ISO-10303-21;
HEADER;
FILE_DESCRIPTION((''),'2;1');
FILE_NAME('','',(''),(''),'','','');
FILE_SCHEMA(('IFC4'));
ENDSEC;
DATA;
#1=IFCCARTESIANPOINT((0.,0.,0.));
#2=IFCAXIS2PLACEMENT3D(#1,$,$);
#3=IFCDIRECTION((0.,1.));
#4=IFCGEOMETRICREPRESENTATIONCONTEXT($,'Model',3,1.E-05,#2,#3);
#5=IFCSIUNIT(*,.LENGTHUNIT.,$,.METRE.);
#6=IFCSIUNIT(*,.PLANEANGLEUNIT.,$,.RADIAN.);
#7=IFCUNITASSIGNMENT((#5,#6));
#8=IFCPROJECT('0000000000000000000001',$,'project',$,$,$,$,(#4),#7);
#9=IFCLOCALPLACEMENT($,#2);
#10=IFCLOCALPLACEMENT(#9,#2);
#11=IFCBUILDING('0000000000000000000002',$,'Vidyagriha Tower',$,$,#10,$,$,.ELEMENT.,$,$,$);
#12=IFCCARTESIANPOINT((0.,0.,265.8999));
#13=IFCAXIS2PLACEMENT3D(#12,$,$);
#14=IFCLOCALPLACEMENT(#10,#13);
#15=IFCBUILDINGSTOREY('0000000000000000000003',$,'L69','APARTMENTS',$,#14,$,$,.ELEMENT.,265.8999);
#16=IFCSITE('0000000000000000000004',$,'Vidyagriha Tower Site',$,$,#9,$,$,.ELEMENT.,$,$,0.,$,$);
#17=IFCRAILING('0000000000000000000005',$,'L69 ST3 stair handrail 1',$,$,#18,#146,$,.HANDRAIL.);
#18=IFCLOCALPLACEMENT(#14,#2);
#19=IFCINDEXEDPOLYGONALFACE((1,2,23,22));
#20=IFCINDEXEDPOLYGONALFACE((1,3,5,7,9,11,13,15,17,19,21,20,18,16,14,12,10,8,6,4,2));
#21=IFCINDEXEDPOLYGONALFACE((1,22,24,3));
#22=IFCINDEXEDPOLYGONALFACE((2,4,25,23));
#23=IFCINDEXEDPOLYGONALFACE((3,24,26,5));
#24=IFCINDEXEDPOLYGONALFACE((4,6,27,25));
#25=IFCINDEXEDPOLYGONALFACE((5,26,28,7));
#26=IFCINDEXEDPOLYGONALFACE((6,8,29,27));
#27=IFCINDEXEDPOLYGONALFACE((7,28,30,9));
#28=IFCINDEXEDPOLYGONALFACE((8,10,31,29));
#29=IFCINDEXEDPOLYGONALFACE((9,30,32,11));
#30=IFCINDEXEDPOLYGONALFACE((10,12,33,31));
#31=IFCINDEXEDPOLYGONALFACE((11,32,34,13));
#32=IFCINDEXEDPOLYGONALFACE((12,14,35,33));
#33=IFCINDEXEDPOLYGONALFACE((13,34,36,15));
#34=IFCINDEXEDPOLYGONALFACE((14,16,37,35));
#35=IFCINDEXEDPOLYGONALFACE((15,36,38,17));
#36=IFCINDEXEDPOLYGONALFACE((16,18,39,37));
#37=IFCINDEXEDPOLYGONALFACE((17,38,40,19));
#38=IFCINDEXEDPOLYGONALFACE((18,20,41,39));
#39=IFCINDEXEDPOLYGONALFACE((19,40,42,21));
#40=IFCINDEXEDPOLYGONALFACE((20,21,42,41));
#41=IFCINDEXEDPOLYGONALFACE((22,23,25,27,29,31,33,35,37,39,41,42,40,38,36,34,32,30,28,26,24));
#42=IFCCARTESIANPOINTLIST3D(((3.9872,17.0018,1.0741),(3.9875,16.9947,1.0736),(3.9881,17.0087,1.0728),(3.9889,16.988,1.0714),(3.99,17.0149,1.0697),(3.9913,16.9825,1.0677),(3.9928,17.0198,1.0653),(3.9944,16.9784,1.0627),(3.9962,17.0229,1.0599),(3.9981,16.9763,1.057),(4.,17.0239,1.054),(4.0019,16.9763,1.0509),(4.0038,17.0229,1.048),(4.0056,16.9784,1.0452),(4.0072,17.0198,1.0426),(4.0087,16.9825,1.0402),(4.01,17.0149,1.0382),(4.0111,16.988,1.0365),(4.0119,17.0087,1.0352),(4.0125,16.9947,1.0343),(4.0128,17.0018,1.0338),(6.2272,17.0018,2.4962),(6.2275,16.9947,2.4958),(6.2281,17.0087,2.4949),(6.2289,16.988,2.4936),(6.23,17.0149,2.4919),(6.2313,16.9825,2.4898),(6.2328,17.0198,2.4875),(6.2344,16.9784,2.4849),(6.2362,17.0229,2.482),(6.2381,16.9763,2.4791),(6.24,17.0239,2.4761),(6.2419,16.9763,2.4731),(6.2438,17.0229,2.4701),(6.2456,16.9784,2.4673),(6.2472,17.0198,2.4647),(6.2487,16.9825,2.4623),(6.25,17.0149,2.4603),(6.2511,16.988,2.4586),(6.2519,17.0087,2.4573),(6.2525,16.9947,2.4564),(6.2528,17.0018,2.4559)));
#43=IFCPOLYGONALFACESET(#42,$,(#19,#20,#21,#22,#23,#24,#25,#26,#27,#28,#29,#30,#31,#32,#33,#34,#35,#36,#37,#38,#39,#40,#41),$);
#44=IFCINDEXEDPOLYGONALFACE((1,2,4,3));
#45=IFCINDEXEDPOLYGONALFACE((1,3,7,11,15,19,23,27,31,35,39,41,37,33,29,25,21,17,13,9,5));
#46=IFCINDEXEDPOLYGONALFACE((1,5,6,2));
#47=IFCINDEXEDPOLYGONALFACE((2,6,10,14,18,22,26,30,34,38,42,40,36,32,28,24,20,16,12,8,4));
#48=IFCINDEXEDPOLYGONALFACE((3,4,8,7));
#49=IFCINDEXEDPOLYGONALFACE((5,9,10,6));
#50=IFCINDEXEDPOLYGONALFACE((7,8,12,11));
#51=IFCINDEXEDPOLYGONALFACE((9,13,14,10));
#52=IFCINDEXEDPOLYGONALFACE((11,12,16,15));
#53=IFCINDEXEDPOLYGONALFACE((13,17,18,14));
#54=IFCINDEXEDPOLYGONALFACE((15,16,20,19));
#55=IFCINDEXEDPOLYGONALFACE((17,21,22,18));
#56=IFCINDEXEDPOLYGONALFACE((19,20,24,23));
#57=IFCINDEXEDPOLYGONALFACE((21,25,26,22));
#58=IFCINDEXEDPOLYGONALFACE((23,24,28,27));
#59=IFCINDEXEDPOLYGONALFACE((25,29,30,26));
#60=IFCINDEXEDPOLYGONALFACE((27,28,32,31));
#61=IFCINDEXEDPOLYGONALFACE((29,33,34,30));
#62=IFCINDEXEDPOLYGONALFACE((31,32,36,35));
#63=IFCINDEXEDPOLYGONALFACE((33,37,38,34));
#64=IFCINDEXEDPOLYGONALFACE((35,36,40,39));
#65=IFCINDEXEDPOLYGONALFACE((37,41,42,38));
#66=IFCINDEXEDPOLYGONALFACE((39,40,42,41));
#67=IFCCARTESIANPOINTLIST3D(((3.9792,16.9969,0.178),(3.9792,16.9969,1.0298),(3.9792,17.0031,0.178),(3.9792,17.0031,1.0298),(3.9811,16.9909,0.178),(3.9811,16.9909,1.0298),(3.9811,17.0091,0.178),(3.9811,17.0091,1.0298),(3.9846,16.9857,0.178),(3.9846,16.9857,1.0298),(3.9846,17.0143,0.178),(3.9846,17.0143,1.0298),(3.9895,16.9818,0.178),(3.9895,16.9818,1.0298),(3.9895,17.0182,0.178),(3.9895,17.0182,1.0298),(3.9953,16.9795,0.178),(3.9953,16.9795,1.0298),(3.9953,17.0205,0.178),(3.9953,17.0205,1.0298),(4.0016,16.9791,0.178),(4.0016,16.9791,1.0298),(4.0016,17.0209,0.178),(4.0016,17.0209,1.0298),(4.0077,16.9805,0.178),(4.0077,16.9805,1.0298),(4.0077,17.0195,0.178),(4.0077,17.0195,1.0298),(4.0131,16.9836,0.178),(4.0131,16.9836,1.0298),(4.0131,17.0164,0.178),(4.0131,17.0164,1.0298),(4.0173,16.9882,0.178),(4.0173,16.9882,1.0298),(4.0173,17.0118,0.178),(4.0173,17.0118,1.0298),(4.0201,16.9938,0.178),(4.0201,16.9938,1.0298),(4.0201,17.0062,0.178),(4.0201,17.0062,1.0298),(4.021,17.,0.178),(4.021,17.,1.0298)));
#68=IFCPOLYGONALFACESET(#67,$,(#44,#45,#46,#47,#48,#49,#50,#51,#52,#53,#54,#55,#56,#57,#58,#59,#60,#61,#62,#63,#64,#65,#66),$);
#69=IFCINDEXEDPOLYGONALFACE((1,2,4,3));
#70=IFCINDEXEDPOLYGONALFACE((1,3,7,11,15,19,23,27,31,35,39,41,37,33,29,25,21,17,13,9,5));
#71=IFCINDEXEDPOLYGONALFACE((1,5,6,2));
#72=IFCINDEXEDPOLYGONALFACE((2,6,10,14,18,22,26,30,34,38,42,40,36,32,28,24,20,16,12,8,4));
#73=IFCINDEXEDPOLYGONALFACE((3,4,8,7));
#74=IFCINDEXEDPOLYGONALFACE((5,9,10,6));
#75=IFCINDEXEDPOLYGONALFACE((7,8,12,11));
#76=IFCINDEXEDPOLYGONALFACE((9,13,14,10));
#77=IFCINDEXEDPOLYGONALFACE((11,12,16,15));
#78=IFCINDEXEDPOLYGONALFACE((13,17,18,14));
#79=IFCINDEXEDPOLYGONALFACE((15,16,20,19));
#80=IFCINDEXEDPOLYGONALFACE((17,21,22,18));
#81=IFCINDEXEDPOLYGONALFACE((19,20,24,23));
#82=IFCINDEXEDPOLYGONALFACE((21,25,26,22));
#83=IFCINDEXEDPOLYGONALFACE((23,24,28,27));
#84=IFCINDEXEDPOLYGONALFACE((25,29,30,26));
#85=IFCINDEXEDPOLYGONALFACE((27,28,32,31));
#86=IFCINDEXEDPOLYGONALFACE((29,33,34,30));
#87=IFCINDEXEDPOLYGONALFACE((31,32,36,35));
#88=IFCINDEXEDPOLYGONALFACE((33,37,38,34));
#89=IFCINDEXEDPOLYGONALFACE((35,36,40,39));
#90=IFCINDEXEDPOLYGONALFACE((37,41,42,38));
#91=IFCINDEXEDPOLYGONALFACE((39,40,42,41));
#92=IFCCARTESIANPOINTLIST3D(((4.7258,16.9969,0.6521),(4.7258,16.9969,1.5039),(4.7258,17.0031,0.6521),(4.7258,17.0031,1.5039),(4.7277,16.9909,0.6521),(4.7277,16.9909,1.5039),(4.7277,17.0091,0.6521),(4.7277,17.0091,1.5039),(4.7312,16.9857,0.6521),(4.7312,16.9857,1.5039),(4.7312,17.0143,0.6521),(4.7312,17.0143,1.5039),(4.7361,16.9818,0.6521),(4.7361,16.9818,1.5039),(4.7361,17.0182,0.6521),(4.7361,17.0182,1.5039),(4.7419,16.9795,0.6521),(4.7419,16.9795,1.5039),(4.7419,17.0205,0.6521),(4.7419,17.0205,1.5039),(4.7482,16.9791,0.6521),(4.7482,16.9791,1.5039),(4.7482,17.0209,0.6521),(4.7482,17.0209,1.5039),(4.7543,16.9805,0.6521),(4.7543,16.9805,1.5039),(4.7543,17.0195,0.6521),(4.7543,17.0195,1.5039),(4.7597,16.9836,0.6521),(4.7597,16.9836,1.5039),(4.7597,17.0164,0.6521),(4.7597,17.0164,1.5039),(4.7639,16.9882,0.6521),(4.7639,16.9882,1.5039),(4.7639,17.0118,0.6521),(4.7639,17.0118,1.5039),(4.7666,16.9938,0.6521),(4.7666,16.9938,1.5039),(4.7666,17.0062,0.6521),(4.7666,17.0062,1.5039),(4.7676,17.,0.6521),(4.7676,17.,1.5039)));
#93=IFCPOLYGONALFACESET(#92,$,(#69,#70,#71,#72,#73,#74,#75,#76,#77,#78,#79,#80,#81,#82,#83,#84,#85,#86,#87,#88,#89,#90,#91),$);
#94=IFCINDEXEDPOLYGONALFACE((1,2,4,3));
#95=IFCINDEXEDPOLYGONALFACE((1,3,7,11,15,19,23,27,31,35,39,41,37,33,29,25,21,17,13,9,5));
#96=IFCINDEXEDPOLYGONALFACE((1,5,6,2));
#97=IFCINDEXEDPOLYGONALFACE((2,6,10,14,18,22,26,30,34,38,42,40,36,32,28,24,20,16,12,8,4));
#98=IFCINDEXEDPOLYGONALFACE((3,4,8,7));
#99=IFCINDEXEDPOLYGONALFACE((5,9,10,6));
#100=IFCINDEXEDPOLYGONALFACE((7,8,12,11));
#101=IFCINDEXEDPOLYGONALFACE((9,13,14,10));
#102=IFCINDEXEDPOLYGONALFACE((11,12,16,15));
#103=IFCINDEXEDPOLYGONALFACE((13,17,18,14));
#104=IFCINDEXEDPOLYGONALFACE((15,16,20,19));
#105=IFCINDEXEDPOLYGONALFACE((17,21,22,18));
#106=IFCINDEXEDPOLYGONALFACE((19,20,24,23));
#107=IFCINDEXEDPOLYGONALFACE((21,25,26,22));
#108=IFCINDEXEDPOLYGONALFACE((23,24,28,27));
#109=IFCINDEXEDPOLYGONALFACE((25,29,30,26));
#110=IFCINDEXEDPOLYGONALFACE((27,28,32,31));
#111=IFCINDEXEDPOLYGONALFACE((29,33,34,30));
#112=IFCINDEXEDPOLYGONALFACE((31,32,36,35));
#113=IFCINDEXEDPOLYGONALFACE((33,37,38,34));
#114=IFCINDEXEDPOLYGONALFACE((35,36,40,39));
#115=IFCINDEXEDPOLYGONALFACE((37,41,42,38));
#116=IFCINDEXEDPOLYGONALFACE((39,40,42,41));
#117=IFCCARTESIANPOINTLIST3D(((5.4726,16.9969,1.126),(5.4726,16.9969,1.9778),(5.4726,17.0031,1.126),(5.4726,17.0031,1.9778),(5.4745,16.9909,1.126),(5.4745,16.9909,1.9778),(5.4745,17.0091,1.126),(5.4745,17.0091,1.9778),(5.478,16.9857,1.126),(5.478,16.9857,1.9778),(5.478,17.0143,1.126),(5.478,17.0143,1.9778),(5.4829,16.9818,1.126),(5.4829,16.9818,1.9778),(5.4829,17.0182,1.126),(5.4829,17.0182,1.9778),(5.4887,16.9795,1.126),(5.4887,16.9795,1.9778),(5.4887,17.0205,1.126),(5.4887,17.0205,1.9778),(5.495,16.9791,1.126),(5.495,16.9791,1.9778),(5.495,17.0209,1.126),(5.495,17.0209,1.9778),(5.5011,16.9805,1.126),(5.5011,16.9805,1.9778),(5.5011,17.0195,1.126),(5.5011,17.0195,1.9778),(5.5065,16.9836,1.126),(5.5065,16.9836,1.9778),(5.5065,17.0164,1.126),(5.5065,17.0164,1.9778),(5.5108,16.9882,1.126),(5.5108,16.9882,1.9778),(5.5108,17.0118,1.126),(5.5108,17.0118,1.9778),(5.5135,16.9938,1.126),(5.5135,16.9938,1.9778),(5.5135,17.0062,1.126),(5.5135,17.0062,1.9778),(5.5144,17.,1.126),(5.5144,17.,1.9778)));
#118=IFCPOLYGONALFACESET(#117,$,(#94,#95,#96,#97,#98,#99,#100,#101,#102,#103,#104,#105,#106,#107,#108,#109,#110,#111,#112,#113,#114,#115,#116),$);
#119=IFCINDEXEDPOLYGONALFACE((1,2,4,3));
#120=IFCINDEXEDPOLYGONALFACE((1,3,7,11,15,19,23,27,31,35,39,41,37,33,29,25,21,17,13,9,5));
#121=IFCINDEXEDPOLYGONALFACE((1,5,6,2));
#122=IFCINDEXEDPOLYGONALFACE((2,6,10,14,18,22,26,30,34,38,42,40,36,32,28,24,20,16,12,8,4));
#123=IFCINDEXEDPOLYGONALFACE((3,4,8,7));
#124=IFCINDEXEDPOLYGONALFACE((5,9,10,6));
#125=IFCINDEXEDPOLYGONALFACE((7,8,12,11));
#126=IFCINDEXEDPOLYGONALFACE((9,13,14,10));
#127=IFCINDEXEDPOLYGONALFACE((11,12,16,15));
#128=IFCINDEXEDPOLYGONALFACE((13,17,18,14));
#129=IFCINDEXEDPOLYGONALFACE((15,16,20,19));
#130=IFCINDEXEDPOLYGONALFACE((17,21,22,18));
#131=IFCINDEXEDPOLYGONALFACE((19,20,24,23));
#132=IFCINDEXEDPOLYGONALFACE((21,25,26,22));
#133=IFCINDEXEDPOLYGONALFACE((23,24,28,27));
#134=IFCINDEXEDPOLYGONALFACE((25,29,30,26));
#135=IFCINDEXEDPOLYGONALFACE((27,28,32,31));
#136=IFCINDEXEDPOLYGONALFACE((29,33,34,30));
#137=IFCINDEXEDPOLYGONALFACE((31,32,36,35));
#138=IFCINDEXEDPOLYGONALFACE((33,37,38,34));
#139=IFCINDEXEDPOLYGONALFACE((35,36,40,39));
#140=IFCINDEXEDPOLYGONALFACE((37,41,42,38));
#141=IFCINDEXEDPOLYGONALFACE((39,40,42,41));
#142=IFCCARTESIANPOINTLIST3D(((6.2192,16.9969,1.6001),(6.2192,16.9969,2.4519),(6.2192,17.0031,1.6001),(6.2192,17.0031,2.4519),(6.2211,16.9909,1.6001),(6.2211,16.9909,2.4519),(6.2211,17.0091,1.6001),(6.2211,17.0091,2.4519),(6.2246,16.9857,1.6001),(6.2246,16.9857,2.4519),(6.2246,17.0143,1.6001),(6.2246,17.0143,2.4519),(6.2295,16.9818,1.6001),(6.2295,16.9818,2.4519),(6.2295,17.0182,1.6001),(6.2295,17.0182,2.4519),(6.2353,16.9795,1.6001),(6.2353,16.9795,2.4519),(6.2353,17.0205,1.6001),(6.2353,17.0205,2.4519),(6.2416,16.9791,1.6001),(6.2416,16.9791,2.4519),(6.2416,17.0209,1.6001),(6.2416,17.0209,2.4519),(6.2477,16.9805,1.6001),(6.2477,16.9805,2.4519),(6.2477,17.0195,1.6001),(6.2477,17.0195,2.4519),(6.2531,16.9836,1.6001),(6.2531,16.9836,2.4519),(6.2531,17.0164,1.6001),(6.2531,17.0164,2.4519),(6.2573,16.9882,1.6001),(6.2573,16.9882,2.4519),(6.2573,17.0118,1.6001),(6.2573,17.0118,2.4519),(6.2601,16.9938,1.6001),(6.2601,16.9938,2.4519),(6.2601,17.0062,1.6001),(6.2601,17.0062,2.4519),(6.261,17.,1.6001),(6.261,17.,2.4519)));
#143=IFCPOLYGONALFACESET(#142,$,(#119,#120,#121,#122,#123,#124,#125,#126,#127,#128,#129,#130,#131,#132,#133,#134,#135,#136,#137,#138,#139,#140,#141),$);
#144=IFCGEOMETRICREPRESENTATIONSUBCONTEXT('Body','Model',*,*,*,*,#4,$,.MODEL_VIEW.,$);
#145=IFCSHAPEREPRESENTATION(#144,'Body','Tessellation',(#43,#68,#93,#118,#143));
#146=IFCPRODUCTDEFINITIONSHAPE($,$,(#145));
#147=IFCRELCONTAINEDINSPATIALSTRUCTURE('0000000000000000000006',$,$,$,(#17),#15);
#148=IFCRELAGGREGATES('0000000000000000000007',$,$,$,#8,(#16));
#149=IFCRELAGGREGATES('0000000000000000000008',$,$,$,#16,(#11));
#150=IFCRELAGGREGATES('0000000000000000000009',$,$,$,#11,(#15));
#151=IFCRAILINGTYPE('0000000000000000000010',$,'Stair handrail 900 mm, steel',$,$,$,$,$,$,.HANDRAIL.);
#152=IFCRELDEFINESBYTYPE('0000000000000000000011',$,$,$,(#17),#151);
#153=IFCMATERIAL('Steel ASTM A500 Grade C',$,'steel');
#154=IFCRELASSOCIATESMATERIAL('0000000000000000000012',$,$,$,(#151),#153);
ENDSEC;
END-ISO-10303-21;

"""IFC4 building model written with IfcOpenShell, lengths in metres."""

from ifc_helpers import new_model, si_unit, direction, frame, origin, origin_2d, place, context, subcontext, project, spatial, circle, extrude, material, type_object, element, save


model = new_model("IFC4")

# Units and contexts
model_context = context("Model", 3, precision=1e-05, world=origin(), true_north=direction((0.0, 1.0)))
body_context = subcontext(model_context, "Body", "Model", "MODEL_VIEW")
ifc_project = project(units=[si_unit("LENGTHUNIT", "METRE"), si_unit("PLANEANGLEUNIT", "RADIAN")], contexts=[model_context])

# Site, building, storey
site_placement = place(None, origin())
site = spatial("IfcSite", under=ifc_project, at=site_placement, Name="Vidyagriha Tower Site", CompositionType="ELEMENT", RefElevation=0.0)
building_placement = place(site_placement, origin())
building = spatial("IfcBuilding", under=site, at=building_placement, Name="Vidyagriha Tower", CompositionType="ELEMENT")
storey_placement = place(building_placement, frame((0.0, 0.0, 265.8999)))
storey = spatial("IfcBuildingStorey", under=building, at=storey_placement, Name="L69", Description="APARTMENTS", CompositionType="ELEMENT", Elevation=265.8999)

# Railing
ifc_material_1 = material(Name="Steel ASTM A500 Grade C", Category="steel")
railing_type_1 = type_object("IfcRailingType", Name="Stair handrail 900 mm, steel", PredefinedType="HANDRAIL", material=ifc_material_1)
railing_1_placement = place(storey_placement, frame((4.0, 17.0, 0.178)))
element("IfcRailing", 1, at=railing_1_placement, inside=storey, type_object=railing_type_1, Name="L69 ST3 stair handrail 1", PredefinedType="HANDRAIL", context=body_context, shape_type="SweptSolid", body=[
    extrude(circle(Radius=0.0239, at=origin_2d()), frame((0.0, 0.0, 0.876), z_axis=(0.844229, 0.0, 0.535982), x_axis=(0.0, 1.0, 0.0)), (0.0, 0.0, 1.0), 2.6533),
    extrude(circle(Radius=0.021, at=origin_2d()), origin(), (0.0, 0.0, 1.0), 0.8518),
    extrude(circle(Radius=0.021, at=origin_2d()), frame((0.7466, 0.0, 0.4741)), (0.0, 0.0, 1.0), 0.8518),
    extrude(circle(Radius=0.021, at=origin_2d()), frame((1.4934, 0.0, 0.948)), (0.0, 0.0, 1.0), 0.8518),
    extrude(circle(Radius=0.021, at=origin_2d()), frame((2.24, 0.0, 1.4221)), (0.0, 0.0, 1.0), 0.8518),
])

save(model, "model.ifc")
